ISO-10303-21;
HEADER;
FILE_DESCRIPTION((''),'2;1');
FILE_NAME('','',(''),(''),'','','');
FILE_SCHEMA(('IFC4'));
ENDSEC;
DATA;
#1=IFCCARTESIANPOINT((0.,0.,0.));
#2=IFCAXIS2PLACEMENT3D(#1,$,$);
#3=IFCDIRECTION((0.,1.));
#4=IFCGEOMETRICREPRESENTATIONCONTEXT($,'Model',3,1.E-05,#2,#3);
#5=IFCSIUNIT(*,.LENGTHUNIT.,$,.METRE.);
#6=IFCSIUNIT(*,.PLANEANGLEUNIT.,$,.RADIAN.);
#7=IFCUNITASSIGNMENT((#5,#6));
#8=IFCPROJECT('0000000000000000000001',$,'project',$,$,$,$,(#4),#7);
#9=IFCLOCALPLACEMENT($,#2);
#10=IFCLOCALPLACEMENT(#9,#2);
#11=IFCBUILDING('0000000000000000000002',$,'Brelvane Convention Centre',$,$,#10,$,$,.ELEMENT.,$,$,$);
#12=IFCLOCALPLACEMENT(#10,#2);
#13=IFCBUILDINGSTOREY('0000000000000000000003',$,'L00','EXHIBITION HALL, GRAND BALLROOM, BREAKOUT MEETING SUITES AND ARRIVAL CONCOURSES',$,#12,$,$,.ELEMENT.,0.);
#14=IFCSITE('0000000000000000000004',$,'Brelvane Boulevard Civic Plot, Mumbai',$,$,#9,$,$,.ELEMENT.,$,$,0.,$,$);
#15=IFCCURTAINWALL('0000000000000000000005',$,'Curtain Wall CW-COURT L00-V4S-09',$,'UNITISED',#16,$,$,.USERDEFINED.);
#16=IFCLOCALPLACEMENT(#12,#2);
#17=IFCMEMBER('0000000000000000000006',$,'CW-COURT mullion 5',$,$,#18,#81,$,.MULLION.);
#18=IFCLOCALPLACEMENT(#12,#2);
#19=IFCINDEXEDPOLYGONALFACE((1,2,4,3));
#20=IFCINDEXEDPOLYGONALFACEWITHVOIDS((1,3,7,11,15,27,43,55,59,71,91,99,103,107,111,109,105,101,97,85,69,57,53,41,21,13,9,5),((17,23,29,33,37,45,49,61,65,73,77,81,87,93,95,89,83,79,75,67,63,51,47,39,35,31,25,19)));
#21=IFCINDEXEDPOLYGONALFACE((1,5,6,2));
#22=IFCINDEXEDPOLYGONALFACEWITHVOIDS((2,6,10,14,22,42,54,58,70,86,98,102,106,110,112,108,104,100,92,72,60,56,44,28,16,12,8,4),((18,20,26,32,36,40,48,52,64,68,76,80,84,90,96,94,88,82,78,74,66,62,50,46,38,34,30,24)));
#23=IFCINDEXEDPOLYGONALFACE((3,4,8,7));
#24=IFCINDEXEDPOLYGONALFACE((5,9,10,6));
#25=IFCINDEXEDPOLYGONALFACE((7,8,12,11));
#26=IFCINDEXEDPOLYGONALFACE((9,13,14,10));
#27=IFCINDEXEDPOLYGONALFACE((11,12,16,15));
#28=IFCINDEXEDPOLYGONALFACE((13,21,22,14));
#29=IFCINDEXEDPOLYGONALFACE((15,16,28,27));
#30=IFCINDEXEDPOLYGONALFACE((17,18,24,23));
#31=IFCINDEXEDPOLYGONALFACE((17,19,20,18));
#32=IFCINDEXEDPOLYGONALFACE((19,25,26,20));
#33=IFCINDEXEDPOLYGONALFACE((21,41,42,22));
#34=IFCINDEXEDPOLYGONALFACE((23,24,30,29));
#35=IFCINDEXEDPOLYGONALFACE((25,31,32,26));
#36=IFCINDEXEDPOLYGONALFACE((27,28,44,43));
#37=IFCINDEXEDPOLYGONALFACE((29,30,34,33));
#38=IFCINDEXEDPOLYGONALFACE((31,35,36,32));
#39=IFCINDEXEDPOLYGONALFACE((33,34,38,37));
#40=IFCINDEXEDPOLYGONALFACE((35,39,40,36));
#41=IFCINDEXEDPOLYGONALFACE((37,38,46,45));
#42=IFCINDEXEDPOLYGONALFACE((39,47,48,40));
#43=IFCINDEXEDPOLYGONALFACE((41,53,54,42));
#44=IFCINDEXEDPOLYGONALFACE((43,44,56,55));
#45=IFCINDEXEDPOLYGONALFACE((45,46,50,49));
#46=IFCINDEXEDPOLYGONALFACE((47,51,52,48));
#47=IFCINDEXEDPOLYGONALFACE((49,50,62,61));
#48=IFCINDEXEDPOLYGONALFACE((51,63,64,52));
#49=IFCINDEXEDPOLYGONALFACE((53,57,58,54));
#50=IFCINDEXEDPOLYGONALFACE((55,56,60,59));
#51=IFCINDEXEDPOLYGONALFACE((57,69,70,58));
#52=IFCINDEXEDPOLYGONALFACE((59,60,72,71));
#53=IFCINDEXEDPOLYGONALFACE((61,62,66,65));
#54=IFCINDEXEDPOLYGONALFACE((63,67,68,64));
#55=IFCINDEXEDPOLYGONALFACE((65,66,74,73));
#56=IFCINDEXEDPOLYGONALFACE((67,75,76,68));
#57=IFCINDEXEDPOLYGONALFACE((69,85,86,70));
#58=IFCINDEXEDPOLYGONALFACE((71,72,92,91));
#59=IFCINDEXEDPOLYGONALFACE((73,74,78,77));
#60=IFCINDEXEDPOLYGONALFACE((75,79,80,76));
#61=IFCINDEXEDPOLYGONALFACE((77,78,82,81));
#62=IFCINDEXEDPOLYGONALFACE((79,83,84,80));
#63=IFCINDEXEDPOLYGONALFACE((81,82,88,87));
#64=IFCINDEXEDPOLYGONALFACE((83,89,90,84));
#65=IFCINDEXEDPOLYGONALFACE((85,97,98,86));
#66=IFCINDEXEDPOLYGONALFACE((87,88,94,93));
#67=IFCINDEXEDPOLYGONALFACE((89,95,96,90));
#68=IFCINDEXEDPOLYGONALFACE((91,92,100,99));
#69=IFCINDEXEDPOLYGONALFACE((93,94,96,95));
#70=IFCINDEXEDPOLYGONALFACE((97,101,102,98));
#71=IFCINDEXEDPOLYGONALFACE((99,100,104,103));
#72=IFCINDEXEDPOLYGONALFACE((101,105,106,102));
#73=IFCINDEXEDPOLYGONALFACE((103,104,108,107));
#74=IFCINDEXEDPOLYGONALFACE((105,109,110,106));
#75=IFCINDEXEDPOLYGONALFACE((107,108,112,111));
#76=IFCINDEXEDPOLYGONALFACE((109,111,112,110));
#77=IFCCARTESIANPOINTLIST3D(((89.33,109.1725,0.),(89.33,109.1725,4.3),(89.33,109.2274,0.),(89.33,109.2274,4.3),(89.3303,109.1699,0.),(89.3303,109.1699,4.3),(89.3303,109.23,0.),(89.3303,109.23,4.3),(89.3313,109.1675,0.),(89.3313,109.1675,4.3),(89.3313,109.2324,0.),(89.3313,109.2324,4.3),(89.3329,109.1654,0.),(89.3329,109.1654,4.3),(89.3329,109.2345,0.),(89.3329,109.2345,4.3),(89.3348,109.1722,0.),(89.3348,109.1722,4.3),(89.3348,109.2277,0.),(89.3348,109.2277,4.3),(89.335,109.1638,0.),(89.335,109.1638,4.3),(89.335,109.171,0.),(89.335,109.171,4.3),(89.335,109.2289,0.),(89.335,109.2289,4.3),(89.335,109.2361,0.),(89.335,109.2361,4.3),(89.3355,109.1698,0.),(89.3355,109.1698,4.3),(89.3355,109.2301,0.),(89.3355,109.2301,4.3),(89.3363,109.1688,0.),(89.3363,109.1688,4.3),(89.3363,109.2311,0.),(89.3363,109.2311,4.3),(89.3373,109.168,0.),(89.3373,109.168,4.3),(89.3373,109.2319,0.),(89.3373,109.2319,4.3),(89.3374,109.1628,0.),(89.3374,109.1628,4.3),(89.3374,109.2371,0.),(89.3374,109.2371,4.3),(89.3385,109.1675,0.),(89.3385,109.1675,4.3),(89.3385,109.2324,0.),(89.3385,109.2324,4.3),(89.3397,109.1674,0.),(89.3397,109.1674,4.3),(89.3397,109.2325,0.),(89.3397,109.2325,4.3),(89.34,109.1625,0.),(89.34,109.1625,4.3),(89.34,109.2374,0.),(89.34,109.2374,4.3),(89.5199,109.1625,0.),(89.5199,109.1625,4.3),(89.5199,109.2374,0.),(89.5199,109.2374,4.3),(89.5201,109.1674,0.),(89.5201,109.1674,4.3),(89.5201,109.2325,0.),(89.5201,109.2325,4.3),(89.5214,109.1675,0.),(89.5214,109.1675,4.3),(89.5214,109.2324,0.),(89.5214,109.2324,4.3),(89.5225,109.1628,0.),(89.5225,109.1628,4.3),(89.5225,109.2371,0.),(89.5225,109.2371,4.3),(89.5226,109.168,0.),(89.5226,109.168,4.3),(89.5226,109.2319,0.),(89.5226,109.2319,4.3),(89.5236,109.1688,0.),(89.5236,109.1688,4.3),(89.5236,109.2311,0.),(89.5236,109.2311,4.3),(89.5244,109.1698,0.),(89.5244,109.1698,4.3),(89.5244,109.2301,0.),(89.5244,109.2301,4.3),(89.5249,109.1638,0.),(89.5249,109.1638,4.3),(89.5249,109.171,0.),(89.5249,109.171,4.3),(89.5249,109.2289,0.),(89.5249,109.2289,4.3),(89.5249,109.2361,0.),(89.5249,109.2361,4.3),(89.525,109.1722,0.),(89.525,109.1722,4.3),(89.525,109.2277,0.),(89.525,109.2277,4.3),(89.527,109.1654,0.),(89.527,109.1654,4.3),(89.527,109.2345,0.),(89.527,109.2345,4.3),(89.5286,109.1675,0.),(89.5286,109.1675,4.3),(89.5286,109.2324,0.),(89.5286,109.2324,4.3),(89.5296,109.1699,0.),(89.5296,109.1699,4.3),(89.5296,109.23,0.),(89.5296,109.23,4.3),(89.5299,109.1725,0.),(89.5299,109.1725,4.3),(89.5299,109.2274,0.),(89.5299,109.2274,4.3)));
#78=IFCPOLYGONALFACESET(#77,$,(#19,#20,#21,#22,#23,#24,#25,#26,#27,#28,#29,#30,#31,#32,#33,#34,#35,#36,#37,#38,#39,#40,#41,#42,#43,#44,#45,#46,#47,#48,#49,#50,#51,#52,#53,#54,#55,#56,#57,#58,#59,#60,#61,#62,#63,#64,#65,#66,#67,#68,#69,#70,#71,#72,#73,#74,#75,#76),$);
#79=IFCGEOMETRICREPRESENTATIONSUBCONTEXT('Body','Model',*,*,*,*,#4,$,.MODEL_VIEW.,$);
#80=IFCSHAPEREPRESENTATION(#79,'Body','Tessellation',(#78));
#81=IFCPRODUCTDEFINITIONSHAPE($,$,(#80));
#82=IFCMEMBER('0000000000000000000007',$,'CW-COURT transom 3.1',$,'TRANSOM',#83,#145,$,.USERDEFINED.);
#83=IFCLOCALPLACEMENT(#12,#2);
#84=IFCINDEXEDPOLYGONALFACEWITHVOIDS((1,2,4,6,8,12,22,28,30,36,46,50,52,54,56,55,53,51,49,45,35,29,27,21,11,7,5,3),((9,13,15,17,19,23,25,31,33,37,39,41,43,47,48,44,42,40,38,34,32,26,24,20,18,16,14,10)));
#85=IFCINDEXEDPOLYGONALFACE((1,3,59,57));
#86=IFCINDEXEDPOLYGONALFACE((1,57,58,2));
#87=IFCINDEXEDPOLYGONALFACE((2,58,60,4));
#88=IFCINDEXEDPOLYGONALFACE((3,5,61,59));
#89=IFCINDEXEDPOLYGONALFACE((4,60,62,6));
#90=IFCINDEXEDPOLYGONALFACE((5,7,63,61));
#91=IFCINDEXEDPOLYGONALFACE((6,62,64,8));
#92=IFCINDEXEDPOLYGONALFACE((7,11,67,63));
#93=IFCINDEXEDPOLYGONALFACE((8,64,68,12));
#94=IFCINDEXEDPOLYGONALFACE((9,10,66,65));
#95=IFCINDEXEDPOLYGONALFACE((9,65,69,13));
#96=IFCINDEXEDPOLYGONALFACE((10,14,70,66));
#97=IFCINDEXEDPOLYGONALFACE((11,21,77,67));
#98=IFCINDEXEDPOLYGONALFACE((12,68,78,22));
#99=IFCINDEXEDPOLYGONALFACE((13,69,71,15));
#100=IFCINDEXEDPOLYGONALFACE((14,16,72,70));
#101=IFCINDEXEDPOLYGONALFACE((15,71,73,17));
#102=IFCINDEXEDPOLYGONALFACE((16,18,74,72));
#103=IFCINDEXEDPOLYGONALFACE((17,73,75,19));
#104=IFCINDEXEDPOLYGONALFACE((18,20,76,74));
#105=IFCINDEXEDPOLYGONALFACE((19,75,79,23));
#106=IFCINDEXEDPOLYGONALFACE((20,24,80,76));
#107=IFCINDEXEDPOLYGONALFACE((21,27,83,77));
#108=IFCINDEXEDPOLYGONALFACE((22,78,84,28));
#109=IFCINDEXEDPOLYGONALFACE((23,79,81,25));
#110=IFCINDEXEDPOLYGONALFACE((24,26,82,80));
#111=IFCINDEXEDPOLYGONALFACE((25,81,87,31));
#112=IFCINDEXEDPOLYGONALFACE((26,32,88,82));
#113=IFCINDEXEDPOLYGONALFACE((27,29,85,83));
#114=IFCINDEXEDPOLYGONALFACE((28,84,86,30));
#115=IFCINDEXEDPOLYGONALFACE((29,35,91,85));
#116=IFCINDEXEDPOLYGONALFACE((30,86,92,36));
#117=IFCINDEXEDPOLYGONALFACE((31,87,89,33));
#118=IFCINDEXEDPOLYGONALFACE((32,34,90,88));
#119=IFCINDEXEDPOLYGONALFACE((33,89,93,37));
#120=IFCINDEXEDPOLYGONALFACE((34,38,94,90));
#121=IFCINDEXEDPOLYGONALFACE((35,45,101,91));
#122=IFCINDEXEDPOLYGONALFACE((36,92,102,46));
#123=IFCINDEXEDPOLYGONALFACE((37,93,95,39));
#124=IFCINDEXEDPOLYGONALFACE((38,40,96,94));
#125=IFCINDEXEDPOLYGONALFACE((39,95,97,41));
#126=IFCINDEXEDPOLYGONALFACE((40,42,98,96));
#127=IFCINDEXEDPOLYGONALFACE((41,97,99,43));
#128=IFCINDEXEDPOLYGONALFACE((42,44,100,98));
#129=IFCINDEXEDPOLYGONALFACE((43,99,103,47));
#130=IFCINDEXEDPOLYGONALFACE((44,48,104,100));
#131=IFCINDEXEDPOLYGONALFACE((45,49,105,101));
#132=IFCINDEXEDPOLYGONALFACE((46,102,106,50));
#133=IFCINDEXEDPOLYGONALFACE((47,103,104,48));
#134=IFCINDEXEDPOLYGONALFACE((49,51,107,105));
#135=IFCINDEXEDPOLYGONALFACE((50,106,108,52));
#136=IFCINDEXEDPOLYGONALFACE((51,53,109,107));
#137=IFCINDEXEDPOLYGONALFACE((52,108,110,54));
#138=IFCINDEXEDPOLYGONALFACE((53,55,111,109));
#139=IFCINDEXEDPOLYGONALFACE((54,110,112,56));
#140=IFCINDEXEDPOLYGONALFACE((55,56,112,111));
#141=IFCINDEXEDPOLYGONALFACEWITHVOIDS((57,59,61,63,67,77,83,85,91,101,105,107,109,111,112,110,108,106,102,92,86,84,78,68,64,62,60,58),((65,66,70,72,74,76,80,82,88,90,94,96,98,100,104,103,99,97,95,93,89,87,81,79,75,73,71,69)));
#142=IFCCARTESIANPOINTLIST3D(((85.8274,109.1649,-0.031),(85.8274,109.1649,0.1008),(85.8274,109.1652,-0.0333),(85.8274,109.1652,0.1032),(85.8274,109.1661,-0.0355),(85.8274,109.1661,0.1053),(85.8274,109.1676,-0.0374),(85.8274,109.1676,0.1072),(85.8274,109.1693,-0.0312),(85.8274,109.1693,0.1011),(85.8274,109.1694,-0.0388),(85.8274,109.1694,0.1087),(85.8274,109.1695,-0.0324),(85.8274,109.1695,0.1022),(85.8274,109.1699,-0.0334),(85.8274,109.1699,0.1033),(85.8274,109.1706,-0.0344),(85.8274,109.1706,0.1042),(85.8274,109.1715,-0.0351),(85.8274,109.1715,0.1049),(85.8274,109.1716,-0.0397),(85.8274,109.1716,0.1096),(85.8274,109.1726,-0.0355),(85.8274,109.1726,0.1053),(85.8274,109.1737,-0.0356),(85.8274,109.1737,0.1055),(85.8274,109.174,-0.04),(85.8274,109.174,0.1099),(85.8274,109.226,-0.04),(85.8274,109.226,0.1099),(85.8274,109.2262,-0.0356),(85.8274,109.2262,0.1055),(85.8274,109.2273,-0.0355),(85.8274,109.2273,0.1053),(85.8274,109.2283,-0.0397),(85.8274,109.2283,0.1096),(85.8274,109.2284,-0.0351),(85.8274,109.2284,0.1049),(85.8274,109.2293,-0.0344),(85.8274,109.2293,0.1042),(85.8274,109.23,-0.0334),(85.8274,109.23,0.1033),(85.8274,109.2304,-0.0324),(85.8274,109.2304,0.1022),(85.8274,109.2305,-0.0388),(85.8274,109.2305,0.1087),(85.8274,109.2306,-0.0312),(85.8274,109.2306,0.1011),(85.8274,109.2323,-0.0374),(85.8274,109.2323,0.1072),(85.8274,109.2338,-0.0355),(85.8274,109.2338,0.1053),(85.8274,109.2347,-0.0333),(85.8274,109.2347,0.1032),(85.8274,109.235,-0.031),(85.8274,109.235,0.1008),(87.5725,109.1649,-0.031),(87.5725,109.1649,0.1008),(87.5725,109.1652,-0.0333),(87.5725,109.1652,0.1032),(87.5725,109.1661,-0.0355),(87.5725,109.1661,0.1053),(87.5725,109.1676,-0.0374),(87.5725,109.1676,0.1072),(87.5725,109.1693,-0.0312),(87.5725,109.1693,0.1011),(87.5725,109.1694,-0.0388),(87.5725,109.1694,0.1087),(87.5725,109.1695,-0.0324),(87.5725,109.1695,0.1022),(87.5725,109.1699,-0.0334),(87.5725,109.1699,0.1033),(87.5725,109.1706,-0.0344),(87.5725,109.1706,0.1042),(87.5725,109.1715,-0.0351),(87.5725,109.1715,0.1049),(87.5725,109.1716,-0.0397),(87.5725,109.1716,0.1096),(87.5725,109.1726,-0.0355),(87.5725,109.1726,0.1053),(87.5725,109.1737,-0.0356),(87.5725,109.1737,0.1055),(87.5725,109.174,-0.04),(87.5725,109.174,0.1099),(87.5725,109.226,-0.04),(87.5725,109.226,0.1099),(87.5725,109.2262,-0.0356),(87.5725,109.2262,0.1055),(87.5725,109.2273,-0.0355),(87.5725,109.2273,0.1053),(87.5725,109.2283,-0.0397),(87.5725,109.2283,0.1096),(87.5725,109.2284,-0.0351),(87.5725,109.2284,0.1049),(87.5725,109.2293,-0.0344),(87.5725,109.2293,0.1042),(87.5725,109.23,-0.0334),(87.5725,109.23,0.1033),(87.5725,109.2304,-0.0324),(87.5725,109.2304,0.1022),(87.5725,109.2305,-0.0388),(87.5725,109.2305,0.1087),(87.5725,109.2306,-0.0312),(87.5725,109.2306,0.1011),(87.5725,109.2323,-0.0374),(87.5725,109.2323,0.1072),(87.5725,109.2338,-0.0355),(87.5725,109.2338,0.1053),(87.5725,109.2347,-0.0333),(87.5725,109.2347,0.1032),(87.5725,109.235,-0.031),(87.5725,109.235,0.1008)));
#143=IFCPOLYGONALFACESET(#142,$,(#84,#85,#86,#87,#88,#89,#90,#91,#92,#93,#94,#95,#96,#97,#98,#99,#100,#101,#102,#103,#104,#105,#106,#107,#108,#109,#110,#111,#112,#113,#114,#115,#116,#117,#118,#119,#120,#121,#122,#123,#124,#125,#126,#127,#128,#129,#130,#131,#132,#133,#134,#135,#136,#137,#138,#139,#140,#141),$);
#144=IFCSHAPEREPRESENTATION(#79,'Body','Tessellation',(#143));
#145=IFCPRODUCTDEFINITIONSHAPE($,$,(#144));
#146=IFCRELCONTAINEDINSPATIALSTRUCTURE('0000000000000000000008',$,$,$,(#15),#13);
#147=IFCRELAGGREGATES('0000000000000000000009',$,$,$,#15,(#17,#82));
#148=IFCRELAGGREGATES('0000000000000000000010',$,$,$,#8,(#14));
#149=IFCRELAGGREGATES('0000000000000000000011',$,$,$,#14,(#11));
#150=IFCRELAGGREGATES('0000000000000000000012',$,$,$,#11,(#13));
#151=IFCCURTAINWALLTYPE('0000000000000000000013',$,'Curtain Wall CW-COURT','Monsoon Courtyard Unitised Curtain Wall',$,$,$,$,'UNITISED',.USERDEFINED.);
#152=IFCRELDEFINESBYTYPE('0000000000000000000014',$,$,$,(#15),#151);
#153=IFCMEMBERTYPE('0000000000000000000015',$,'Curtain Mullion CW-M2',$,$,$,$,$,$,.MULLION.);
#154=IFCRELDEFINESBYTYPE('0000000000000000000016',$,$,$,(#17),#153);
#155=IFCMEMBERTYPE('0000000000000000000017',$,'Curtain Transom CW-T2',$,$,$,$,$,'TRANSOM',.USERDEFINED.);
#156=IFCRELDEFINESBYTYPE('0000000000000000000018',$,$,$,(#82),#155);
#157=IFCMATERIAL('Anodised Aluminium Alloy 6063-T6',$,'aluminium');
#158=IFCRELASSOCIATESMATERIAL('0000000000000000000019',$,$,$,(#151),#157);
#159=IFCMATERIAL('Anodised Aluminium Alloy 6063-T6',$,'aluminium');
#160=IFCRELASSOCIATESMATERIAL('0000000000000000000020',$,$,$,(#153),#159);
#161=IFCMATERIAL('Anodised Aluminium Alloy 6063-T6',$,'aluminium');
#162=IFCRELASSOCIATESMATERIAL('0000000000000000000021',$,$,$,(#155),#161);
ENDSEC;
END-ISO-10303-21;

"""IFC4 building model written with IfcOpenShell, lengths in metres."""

from ifc_helpers import new_model, si_unit, direction, frame, origin, origin_2d, place, context, subcontext, project, spatial, hollow_rectangle, extrude, material, material_profile, profile_set, type_object, element, aggregate, save


model = new_model("IFC4")

# Units and contexts
model_context = context("Model", 3, precision=1e-05, world=origin(), true_north=direction((0.0, 1.0)))
body_context = subcontext(model_context, "Body", "Model", "MODEL_VIEW")
ifc_project = project(units=[si_unit("LENGTHUNIT", "METRE"), si_unit("PLANEANGLEUNIT", "RADIAN")], contexts=[model_context])

# Site, building, storey
site_placement = place(None, origin())
site = spatial("IfcSite", under=ifc_project, at=site_placement, Name="Brelvane Boulevard Civic Plot, Mumbai", CompositionType="ELEMENT", RefElevation=0.0)
building_placement = place(site_placement, origin())
building = spatial("IfcBuilding", under=site, at=building_placement, Name="Brelvane Convention Centre", CompositionType="ELEMENT")
storey_placement = place(building_placement, origin())
storey = spatial("IfcBuildingStorey", under=building, at=storey_placement, Name="L00", Description="EXHIBITION HALL, GRAND BALLROOM, BREAKOUT MEETING SUITES AND ARRIVAL CONCOURSES", CompositionType="ELEMENT", Elevation=0.0)

# Curtain wall, members
ifc_material_1 = material(Name="Anodised Aluminium Alloy 6063-T6", Category="aluminium")
curtain_wall_type = type_object("IfcCurtainWallType", Name="Curtain Wall CW-COURT", Description="Monsoon Courtyard Unitised Curtain Wall", ElementType="UNITISED", PredefinedType="USERDEFINED", material=ifc_material_1)
curtain_wall_placement = place(storey_placement, origin())
curtain_wall = element("IfcCurtainWall", 1, at=curtain_wall_placement, inside=storey, type_object=curtain_wall_type, Name="Curtain Wall CW-COURT L00-V4S-09", ObjectType="UNITISED", PredefinedType="USERDEFINED")
ifc_material_2 = material(Name="Anodised Aluminium Alloy 6063-T6", Category="aluminium")
ifc_material_profile_1 = material_profile(ifc_material_2, hollow_rectangle(XDim=0.075, YDim=0.2, WallThickness=0.0049, InnerFilletRadius=0.0049, OuterFilletRadius=0.01, at=origin_2d()), Name="ALU-M 200x75x5.0")
ifc_profile_set_1 = profile_set([ifc_material_profile_1], Name="Anodised Aluminium Alloy 6063-T6")
member_type_1 = type_object("IfcMemberType", Name="Curtain Mullion CW-M2", PredefinedType="MULLION", material=ifc_profile_set_1)
member_1_placement = place(storey_placement, frame((89.4299, 109.2, 0.0), z_axis=(0.0, 0.0, 1.0), x_axis=(0.0, 1.0, 0.0)))
member_1 = element("IfcMember", 2, at=member_1_placement, type_object=member_type_1, Name="CW-COURT mullion 5", PredefinedType="MULLION", context=body_context, shape_type="SweptSolid", body=[
    extrude(hollow_rectangle(XDim=0.075, YDim=0.2, WallThickness=0.0049, InnerFilletRadius=0.0049, OuterFilletRadius=0.01, at=origin_2d()), origin(), (0.0, 0.0, 1.0), 4.3),
])
ifc_material_3 = material(Name="Anodised Aluminium Alloy 6063-T6", Category="aluminium")
ifc_material_profile_2 = material_profile(ifc_material_3, hollow_rectangle(XDim=0.0701, YDim=0.1499, WallThickness=0.0044, InnerFilletRadius=0.0044, OuterFilletRadius=0.009, at=origin_2d()), Name="ALU-T 150x70x4.5")
ifc_profile_set_2 = profile_set([ifc_material_profile_2], Name="Anodised Aluminium Alloy 6063-T6")
member_type_2 = type_object("IfcMemberType", Name="Curtain Transom CW-T2", ElementType="TRANSOM", PredefinedType="USERDEFINED", material=ifc_profile_set_2)
member_2_placement = place(storey_placement, frame((85.8274, 109.2, 0.0349), z_axis=(1.0, 0.0, 0.0), x_axis=(0.0, 1.0, 0.0)))
member_2 = element("IfcMember", 3, at=member_2_placement, type_object=member_type_2, Name="CW-COURT transom 3.1", ObjectType="TRANSOM", PredefinedType="USERDEFINED", context=body_context, shape_type="SweptSolid", body=[
    extrude(hollow_rectangle(XDim=0.0701, YDim=0.1499, WallThickness=0.0044, InnerFilletRadius=0.0044, OuterFilletRadius=0.009, at=origin_2d()), origin(), (0.0, 0.0, 1.0), 1.7451),
])
aggregate(curtain_wall, [member_1, member_2])

save(model, "model.ifc")
